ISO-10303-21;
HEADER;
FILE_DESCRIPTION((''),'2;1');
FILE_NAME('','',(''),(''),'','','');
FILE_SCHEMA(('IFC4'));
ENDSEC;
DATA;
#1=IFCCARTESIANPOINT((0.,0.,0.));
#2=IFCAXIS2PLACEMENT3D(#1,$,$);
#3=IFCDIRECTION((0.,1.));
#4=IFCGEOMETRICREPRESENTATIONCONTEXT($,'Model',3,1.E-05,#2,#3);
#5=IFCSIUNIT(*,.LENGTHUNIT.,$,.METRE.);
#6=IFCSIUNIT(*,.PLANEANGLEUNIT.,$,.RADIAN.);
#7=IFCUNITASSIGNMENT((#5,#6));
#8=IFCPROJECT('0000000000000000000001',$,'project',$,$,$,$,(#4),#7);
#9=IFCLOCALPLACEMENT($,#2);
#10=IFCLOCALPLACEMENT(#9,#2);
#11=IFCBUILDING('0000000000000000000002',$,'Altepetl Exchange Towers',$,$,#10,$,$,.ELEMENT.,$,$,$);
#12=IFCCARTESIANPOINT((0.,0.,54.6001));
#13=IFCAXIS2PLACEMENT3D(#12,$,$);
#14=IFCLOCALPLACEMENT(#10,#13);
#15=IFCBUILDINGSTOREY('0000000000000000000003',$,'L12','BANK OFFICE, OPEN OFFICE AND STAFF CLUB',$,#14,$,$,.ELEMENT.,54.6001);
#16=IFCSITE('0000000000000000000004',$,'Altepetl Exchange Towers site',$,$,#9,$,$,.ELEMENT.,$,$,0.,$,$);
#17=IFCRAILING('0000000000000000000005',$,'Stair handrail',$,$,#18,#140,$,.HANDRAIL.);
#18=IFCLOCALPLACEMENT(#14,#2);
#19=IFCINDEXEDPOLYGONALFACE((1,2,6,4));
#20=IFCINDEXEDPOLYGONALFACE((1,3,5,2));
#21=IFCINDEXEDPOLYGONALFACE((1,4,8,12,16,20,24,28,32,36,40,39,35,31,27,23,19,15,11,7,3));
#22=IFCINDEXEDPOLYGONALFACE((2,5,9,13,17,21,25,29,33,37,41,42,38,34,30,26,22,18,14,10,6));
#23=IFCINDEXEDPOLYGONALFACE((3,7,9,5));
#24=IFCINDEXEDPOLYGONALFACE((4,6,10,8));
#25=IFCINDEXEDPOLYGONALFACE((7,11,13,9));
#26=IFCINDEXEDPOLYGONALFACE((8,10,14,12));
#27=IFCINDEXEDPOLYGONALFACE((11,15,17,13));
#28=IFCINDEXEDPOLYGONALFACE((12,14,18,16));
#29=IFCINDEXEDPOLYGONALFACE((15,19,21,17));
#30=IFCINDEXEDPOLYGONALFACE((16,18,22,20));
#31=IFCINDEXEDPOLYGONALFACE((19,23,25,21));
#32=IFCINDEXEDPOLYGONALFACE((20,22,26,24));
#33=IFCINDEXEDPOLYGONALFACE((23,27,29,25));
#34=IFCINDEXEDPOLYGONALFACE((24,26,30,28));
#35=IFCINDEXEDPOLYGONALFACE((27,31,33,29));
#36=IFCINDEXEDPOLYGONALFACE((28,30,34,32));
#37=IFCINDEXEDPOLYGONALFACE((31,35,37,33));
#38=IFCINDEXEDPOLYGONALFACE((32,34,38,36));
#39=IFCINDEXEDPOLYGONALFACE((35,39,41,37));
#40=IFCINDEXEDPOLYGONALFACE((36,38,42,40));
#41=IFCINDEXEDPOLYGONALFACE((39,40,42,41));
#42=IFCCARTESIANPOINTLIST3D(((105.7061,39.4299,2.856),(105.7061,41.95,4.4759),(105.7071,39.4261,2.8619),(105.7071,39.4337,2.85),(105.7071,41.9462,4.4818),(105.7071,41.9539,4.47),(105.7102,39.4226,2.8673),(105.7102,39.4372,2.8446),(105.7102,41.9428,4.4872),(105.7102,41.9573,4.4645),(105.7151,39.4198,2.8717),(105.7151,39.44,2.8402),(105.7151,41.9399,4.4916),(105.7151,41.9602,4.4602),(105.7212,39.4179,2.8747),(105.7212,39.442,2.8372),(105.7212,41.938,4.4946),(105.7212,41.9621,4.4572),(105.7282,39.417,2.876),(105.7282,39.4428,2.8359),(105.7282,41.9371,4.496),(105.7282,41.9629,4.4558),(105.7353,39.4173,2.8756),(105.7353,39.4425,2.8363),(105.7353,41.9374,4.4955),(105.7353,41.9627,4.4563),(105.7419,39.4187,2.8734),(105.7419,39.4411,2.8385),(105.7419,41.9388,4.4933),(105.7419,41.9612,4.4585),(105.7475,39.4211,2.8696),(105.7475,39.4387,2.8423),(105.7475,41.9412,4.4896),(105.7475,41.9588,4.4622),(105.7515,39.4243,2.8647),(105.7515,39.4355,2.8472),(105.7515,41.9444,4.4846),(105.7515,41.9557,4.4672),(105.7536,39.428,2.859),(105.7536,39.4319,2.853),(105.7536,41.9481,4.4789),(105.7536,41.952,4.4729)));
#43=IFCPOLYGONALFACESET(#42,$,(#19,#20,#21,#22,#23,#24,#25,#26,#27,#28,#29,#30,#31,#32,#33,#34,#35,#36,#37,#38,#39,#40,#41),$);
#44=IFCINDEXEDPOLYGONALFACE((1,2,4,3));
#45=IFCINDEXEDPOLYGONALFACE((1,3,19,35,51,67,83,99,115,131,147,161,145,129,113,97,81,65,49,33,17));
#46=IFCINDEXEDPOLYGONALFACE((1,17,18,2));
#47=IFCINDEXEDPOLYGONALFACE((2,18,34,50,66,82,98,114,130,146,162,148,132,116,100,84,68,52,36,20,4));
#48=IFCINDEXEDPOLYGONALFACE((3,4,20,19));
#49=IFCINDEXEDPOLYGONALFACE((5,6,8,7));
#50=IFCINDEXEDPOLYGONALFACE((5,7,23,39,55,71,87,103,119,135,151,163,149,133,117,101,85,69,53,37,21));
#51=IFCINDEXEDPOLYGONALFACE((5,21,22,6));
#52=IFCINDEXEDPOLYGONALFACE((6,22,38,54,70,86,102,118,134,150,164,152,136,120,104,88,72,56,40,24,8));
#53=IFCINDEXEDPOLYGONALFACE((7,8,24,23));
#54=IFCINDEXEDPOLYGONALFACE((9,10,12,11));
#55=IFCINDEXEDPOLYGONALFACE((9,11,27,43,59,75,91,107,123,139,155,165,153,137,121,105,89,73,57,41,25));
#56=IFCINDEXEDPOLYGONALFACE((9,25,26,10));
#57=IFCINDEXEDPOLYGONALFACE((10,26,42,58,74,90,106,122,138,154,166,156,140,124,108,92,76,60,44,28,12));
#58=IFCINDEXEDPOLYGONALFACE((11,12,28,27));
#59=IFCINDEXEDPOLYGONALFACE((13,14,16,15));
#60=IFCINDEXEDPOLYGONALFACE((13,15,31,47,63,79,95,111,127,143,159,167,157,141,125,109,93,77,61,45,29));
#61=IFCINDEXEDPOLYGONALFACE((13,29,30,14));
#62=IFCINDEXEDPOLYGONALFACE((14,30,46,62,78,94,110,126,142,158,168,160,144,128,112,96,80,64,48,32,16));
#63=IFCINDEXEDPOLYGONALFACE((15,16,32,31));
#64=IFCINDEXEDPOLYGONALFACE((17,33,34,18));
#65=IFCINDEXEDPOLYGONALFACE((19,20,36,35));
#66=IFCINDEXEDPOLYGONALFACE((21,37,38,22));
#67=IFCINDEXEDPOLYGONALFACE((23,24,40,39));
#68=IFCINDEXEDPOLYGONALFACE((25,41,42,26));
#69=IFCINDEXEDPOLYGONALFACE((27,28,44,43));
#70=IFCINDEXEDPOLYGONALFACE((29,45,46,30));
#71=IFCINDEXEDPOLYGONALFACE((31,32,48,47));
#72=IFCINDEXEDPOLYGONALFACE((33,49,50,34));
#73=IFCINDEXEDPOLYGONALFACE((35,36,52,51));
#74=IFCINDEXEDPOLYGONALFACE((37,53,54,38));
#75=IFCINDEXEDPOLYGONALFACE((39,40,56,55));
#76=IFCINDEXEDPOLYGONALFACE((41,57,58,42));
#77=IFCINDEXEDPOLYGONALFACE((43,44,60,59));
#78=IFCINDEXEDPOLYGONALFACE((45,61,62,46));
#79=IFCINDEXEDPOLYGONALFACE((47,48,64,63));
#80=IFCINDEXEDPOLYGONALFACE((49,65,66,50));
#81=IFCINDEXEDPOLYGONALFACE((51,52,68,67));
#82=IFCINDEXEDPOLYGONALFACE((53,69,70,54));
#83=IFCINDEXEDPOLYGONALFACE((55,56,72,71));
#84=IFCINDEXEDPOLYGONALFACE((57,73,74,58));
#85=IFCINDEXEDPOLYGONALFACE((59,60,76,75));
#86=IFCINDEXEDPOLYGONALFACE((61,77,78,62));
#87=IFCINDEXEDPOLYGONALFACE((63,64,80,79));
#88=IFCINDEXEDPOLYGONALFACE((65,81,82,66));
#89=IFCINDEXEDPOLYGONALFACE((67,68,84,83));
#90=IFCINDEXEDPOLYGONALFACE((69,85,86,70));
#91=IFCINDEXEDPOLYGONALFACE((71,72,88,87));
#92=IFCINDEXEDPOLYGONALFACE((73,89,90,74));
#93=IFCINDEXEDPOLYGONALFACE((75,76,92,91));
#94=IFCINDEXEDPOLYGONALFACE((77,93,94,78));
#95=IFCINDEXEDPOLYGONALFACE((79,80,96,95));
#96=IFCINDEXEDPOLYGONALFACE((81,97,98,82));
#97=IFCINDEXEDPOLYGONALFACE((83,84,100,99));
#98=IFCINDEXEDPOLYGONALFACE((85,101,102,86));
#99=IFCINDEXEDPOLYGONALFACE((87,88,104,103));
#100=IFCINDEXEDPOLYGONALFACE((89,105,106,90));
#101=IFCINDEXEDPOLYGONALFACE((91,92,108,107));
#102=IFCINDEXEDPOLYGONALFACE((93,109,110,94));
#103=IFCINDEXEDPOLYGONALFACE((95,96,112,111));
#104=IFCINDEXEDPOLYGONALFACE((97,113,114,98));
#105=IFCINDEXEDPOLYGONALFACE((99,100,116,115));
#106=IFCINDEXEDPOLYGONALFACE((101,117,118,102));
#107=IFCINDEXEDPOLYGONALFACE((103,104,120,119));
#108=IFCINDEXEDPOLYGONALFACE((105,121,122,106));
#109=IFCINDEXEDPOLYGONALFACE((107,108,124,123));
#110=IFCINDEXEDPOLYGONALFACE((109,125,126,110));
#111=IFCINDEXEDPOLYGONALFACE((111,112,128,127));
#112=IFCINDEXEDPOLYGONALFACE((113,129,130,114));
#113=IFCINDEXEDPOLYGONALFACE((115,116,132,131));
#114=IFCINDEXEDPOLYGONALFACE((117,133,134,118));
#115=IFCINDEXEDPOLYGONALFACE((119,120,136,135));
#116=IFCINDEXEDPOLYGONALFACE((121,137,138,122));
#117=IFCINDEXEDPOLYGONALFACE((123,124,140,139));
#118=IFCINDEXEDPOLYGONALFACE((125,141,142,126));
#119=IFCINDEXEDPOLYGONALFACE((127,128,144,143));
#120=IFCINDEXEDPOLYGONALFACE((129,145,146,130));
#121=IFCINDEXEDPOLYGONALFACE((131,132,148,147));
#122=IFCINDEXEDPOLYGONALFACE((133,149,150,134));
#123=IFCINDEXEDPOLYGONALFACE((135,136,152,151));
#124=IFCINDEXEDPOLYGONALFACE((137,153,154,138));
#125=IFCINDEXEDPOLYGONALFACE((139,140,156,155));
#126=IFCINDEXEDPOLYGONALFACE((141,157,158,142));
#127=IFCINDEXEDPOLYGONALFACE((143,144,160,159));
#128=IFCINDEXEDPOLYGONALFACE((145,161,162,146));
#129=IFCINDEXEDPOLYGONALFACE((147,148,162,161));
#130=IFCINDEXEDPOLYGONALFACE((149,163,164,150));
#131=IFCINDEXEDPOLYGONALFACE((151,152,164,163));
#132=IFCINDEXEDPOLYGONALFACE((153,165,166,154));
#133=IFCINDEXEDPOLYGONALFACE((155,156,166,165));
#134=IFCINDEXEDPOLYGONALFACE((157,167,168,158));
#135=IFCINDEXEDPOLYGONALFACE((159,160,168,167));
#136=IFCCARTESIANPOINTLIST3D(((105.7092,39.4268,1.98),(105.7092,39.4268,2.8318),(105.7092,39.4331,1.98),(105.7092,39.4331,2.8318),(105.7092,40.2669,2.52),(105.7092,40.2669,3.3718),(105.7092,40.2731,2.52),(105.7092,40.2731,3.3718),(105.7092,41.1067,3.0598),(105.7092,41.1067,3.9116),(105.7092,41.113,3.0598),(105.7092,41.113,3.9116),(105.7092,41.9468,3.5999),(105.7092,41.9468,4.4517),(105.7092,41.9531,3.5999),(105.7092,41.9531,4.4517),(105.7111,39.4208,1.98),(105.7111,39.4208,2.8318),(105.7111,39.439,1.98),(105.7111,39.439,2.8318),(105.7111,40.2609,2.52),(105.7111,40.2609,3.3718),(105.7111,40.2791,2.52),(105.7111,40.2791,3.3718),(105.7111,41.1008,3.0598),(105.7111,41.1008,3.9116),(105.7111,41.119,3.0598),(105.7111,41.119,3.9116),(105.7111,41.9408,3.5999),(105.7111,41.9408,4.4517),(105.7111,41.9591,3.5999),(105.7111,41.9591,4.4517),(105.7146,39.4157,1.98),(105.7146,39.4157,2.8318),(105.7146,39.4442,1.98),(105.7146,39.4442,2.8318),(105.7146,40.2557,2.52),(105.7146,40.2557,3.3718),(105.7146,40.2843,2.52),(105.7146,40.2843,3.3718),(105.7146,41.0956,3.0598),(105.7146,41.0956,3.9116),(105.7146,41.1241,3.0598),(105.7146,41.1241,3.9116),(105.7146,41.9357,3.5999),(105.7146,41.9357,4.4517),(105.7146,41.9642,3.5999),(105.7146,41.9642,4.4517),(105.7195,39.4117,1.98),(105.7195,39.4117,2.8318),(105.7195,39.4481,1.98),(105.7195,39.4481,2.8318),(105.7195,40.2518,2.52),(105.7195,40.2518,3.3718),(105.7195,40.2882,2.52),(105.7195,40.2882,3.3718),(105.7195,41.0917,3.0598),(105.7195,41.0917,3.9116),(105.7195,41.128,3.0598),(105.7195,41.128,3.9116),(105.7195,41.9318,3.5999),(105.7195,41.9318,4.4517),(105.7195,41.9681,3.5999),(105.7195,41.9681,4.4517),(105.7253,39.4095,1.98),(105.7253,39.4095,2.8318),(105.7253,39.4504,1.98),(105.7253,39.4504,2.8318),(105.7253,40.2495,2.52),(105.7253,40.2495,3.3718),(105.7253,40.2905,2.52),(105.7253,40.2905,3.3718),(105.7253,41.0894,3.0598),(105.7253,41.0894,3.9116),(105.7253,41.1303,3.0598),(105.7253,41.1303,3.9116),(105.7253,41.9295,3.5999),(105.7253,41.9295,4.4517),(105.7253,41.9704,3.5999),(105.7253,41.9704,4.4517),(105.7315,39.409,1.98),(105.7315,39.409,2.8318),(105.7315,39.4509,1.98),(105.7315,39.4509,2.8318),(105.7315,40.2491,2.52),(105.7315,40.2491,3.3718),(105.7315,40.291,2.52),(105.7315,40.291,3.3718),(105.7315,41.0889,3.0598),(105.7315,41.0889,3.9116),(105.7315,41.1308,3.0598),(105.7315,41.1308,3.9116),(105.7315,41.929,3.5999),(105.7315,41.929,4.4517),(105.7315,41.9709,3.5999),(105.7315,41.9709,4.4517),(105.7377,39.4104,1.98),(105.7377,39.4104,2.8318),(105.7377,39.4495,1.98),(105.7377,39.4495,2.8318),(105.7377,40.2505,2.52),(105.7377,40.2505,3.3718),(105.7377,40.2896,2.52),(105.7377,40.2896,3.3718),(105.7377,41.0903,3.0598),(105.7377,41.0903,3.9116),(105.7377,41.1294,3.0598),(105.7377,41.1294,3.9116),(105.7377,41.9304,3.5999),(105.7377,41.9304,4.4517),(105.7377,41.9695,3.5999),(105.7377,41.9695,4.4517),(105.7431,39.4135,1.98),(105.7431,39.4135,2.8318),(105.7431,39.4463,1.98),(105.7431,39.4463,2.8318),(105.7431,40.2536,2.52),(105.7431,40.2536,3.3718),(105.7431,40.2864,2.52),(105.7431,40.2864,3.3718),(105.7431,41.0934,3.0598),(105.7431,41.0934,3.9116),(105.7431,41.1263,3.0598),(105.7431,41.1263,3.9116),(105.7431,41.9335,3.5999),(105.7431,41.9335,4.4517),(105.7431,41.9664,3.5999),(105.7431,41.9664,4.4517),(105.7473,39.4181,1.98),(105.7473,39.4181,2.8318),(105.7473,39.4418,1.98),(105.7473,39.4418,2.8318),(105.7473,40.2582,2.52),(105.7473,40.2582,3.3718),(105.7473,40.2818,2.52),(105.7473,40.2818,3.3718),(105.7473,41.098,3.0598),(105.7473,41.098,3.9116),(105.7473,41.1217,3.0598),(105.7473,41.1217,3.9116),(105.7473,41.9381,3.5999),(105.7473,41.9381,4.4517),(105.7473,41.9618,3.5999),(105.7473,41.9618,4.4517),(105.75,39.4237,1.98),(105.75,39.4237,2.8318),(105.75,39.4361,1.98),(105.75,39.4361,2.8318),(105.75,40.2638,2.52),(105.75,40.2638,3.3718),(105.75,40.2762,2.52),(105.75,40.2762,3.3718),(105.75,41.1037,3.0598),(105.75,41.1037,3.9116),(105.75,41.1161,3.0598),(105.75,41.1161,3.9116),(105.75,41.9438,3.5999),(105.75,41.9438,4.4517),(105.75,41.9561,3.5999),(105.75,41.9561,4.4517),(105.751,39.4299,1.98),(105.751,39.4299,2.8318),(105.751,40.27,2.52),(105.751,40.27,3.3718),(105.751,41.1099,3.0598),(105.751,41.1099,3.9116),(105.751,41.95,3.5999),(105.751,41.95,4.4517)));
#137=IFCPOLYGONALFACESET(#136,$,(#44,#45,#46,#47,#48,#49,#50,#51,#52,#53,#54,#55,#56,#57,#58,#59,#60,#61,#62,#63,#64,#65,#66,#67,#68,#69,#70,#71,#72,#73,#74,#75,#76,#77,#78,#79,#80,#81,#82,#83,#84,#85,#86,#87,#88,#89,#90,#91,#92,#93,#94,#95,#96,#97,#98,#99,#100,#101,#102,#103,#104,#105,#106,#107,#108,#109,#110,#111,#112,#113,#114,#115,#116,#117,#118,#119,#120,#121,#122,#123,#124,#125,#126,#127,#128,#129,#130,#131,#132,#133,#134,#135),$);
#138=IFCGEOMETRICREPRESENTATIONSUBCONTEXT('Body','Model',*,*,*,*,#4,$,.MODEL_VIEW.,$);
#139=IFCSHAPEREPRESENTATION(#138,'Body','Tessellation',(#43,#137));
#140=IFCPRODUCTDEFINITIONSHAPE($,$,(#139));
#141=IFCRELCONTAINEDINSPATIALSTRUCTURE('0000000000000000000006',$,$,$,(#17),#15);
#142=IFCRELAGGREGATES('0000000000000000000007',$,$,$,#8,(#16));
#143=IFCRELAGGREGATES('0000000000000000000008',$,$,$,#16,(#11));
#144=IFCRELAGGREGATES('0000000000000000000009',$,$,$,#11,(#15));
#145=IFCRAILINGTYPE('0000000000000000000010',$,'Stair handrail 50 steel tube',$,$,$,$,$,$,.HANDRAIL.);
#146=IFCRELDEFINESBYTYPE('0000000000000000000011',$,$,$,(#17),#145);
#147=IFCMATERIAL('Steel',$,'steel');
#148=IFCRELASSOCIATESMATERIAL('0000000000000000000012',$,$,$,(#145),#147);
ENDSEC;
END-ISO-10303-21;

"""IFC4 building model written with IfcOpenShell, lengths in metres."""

from ifc_helpers import new_model, si_unit, direction, frame, origin, origin_2d, place, context, subcontext, project, spatial, circle, extrude, source, transform, mapped, material, type_object, element, save


model = new_model("IFC4")

# Units and contexts
model_context = context("Model", 3, precision=1e-05, world=origin(), true_north=direction((0.0, 1.0)))
body_context = subcontext(model_context, "Body", "Model", "MODEL_VIEW")
ifc_project = project(units=[si_unit("LENGTHUNIT", "METRE"), si_unit("PLANEANGLEUNIT", "RADIAN")], contexts=[model_context])

# Site, building, storey
site_placement = place(None, origin())
site = spatial("IfcSite", under=ifc_project, at=site_placement, Name="Altepetl Exchange Towers site", CompositionType="ELEMENT", RefElevation=0.0)
building_placement = place(site_placement, origin())
building = spatial("IfcBuilding", under=site, at=building_placement, Name="Altepetl Exchange Towers", CompositionType="ELEMENT")
storey_placement = place(building_placement, frame((0.0, 0.0, 54.6001)))
storey = spatial("IfcBuildingStorey", under=building, at=storey_placement, Name="L12", Description="BANK OFFICE, OPEN OFFICE AND STAFF CLUB", CompositionType="ELEMENT", Elevation=54.6001)

# Railing
ifc_material_1 = material(Name="Steel", Category="steel")
railing_type = type_object("IfcRailingType", Name="Stair handrail 50 steel tube", PredefinedType="HANDRAIL", material=ifc_material_1)
shared_shape = source(origin(), body_context, "Body", "SweptSolid", [
    extrude(circle(Radius=0.021, at=origin_2d()), origin(), (0.0, 0.0, 1.0), 0.8518),
])
railing_1_placement = place(storey_placement, frame((105.73, 39.4299, 1.98)))
element("IfcRailing", 1, at=railing_1_placement, inside=storey, type_object=railing_type, Name="Stair handrail", PredefinedType="HANDRAIL", context=body_context, shape_type="SweptSolid", body=[
    extrude(circle(Radius=0.0239, at=origin_2d()), frame((0.0, 0.0, 0.876), z_axis=(0.0, 0.8412, 0.540725), x_axis=(-1.0, 0.0, 0.0)), (0.0, 0.0, 1.0), 2.9958),
    mapped(shared_shape, transform((0.0, 0.0, 0.0))),
    mapped(shared_shape, transform((0.0, 0.8401, 0.54))),
    mapped(shared_shape, transform((0.0, 1.6799, 1.0798))),
    mapped(shared_shape, transform((0.0, 2.52, 1.6199))),
])

save(model, "model.ifc")
